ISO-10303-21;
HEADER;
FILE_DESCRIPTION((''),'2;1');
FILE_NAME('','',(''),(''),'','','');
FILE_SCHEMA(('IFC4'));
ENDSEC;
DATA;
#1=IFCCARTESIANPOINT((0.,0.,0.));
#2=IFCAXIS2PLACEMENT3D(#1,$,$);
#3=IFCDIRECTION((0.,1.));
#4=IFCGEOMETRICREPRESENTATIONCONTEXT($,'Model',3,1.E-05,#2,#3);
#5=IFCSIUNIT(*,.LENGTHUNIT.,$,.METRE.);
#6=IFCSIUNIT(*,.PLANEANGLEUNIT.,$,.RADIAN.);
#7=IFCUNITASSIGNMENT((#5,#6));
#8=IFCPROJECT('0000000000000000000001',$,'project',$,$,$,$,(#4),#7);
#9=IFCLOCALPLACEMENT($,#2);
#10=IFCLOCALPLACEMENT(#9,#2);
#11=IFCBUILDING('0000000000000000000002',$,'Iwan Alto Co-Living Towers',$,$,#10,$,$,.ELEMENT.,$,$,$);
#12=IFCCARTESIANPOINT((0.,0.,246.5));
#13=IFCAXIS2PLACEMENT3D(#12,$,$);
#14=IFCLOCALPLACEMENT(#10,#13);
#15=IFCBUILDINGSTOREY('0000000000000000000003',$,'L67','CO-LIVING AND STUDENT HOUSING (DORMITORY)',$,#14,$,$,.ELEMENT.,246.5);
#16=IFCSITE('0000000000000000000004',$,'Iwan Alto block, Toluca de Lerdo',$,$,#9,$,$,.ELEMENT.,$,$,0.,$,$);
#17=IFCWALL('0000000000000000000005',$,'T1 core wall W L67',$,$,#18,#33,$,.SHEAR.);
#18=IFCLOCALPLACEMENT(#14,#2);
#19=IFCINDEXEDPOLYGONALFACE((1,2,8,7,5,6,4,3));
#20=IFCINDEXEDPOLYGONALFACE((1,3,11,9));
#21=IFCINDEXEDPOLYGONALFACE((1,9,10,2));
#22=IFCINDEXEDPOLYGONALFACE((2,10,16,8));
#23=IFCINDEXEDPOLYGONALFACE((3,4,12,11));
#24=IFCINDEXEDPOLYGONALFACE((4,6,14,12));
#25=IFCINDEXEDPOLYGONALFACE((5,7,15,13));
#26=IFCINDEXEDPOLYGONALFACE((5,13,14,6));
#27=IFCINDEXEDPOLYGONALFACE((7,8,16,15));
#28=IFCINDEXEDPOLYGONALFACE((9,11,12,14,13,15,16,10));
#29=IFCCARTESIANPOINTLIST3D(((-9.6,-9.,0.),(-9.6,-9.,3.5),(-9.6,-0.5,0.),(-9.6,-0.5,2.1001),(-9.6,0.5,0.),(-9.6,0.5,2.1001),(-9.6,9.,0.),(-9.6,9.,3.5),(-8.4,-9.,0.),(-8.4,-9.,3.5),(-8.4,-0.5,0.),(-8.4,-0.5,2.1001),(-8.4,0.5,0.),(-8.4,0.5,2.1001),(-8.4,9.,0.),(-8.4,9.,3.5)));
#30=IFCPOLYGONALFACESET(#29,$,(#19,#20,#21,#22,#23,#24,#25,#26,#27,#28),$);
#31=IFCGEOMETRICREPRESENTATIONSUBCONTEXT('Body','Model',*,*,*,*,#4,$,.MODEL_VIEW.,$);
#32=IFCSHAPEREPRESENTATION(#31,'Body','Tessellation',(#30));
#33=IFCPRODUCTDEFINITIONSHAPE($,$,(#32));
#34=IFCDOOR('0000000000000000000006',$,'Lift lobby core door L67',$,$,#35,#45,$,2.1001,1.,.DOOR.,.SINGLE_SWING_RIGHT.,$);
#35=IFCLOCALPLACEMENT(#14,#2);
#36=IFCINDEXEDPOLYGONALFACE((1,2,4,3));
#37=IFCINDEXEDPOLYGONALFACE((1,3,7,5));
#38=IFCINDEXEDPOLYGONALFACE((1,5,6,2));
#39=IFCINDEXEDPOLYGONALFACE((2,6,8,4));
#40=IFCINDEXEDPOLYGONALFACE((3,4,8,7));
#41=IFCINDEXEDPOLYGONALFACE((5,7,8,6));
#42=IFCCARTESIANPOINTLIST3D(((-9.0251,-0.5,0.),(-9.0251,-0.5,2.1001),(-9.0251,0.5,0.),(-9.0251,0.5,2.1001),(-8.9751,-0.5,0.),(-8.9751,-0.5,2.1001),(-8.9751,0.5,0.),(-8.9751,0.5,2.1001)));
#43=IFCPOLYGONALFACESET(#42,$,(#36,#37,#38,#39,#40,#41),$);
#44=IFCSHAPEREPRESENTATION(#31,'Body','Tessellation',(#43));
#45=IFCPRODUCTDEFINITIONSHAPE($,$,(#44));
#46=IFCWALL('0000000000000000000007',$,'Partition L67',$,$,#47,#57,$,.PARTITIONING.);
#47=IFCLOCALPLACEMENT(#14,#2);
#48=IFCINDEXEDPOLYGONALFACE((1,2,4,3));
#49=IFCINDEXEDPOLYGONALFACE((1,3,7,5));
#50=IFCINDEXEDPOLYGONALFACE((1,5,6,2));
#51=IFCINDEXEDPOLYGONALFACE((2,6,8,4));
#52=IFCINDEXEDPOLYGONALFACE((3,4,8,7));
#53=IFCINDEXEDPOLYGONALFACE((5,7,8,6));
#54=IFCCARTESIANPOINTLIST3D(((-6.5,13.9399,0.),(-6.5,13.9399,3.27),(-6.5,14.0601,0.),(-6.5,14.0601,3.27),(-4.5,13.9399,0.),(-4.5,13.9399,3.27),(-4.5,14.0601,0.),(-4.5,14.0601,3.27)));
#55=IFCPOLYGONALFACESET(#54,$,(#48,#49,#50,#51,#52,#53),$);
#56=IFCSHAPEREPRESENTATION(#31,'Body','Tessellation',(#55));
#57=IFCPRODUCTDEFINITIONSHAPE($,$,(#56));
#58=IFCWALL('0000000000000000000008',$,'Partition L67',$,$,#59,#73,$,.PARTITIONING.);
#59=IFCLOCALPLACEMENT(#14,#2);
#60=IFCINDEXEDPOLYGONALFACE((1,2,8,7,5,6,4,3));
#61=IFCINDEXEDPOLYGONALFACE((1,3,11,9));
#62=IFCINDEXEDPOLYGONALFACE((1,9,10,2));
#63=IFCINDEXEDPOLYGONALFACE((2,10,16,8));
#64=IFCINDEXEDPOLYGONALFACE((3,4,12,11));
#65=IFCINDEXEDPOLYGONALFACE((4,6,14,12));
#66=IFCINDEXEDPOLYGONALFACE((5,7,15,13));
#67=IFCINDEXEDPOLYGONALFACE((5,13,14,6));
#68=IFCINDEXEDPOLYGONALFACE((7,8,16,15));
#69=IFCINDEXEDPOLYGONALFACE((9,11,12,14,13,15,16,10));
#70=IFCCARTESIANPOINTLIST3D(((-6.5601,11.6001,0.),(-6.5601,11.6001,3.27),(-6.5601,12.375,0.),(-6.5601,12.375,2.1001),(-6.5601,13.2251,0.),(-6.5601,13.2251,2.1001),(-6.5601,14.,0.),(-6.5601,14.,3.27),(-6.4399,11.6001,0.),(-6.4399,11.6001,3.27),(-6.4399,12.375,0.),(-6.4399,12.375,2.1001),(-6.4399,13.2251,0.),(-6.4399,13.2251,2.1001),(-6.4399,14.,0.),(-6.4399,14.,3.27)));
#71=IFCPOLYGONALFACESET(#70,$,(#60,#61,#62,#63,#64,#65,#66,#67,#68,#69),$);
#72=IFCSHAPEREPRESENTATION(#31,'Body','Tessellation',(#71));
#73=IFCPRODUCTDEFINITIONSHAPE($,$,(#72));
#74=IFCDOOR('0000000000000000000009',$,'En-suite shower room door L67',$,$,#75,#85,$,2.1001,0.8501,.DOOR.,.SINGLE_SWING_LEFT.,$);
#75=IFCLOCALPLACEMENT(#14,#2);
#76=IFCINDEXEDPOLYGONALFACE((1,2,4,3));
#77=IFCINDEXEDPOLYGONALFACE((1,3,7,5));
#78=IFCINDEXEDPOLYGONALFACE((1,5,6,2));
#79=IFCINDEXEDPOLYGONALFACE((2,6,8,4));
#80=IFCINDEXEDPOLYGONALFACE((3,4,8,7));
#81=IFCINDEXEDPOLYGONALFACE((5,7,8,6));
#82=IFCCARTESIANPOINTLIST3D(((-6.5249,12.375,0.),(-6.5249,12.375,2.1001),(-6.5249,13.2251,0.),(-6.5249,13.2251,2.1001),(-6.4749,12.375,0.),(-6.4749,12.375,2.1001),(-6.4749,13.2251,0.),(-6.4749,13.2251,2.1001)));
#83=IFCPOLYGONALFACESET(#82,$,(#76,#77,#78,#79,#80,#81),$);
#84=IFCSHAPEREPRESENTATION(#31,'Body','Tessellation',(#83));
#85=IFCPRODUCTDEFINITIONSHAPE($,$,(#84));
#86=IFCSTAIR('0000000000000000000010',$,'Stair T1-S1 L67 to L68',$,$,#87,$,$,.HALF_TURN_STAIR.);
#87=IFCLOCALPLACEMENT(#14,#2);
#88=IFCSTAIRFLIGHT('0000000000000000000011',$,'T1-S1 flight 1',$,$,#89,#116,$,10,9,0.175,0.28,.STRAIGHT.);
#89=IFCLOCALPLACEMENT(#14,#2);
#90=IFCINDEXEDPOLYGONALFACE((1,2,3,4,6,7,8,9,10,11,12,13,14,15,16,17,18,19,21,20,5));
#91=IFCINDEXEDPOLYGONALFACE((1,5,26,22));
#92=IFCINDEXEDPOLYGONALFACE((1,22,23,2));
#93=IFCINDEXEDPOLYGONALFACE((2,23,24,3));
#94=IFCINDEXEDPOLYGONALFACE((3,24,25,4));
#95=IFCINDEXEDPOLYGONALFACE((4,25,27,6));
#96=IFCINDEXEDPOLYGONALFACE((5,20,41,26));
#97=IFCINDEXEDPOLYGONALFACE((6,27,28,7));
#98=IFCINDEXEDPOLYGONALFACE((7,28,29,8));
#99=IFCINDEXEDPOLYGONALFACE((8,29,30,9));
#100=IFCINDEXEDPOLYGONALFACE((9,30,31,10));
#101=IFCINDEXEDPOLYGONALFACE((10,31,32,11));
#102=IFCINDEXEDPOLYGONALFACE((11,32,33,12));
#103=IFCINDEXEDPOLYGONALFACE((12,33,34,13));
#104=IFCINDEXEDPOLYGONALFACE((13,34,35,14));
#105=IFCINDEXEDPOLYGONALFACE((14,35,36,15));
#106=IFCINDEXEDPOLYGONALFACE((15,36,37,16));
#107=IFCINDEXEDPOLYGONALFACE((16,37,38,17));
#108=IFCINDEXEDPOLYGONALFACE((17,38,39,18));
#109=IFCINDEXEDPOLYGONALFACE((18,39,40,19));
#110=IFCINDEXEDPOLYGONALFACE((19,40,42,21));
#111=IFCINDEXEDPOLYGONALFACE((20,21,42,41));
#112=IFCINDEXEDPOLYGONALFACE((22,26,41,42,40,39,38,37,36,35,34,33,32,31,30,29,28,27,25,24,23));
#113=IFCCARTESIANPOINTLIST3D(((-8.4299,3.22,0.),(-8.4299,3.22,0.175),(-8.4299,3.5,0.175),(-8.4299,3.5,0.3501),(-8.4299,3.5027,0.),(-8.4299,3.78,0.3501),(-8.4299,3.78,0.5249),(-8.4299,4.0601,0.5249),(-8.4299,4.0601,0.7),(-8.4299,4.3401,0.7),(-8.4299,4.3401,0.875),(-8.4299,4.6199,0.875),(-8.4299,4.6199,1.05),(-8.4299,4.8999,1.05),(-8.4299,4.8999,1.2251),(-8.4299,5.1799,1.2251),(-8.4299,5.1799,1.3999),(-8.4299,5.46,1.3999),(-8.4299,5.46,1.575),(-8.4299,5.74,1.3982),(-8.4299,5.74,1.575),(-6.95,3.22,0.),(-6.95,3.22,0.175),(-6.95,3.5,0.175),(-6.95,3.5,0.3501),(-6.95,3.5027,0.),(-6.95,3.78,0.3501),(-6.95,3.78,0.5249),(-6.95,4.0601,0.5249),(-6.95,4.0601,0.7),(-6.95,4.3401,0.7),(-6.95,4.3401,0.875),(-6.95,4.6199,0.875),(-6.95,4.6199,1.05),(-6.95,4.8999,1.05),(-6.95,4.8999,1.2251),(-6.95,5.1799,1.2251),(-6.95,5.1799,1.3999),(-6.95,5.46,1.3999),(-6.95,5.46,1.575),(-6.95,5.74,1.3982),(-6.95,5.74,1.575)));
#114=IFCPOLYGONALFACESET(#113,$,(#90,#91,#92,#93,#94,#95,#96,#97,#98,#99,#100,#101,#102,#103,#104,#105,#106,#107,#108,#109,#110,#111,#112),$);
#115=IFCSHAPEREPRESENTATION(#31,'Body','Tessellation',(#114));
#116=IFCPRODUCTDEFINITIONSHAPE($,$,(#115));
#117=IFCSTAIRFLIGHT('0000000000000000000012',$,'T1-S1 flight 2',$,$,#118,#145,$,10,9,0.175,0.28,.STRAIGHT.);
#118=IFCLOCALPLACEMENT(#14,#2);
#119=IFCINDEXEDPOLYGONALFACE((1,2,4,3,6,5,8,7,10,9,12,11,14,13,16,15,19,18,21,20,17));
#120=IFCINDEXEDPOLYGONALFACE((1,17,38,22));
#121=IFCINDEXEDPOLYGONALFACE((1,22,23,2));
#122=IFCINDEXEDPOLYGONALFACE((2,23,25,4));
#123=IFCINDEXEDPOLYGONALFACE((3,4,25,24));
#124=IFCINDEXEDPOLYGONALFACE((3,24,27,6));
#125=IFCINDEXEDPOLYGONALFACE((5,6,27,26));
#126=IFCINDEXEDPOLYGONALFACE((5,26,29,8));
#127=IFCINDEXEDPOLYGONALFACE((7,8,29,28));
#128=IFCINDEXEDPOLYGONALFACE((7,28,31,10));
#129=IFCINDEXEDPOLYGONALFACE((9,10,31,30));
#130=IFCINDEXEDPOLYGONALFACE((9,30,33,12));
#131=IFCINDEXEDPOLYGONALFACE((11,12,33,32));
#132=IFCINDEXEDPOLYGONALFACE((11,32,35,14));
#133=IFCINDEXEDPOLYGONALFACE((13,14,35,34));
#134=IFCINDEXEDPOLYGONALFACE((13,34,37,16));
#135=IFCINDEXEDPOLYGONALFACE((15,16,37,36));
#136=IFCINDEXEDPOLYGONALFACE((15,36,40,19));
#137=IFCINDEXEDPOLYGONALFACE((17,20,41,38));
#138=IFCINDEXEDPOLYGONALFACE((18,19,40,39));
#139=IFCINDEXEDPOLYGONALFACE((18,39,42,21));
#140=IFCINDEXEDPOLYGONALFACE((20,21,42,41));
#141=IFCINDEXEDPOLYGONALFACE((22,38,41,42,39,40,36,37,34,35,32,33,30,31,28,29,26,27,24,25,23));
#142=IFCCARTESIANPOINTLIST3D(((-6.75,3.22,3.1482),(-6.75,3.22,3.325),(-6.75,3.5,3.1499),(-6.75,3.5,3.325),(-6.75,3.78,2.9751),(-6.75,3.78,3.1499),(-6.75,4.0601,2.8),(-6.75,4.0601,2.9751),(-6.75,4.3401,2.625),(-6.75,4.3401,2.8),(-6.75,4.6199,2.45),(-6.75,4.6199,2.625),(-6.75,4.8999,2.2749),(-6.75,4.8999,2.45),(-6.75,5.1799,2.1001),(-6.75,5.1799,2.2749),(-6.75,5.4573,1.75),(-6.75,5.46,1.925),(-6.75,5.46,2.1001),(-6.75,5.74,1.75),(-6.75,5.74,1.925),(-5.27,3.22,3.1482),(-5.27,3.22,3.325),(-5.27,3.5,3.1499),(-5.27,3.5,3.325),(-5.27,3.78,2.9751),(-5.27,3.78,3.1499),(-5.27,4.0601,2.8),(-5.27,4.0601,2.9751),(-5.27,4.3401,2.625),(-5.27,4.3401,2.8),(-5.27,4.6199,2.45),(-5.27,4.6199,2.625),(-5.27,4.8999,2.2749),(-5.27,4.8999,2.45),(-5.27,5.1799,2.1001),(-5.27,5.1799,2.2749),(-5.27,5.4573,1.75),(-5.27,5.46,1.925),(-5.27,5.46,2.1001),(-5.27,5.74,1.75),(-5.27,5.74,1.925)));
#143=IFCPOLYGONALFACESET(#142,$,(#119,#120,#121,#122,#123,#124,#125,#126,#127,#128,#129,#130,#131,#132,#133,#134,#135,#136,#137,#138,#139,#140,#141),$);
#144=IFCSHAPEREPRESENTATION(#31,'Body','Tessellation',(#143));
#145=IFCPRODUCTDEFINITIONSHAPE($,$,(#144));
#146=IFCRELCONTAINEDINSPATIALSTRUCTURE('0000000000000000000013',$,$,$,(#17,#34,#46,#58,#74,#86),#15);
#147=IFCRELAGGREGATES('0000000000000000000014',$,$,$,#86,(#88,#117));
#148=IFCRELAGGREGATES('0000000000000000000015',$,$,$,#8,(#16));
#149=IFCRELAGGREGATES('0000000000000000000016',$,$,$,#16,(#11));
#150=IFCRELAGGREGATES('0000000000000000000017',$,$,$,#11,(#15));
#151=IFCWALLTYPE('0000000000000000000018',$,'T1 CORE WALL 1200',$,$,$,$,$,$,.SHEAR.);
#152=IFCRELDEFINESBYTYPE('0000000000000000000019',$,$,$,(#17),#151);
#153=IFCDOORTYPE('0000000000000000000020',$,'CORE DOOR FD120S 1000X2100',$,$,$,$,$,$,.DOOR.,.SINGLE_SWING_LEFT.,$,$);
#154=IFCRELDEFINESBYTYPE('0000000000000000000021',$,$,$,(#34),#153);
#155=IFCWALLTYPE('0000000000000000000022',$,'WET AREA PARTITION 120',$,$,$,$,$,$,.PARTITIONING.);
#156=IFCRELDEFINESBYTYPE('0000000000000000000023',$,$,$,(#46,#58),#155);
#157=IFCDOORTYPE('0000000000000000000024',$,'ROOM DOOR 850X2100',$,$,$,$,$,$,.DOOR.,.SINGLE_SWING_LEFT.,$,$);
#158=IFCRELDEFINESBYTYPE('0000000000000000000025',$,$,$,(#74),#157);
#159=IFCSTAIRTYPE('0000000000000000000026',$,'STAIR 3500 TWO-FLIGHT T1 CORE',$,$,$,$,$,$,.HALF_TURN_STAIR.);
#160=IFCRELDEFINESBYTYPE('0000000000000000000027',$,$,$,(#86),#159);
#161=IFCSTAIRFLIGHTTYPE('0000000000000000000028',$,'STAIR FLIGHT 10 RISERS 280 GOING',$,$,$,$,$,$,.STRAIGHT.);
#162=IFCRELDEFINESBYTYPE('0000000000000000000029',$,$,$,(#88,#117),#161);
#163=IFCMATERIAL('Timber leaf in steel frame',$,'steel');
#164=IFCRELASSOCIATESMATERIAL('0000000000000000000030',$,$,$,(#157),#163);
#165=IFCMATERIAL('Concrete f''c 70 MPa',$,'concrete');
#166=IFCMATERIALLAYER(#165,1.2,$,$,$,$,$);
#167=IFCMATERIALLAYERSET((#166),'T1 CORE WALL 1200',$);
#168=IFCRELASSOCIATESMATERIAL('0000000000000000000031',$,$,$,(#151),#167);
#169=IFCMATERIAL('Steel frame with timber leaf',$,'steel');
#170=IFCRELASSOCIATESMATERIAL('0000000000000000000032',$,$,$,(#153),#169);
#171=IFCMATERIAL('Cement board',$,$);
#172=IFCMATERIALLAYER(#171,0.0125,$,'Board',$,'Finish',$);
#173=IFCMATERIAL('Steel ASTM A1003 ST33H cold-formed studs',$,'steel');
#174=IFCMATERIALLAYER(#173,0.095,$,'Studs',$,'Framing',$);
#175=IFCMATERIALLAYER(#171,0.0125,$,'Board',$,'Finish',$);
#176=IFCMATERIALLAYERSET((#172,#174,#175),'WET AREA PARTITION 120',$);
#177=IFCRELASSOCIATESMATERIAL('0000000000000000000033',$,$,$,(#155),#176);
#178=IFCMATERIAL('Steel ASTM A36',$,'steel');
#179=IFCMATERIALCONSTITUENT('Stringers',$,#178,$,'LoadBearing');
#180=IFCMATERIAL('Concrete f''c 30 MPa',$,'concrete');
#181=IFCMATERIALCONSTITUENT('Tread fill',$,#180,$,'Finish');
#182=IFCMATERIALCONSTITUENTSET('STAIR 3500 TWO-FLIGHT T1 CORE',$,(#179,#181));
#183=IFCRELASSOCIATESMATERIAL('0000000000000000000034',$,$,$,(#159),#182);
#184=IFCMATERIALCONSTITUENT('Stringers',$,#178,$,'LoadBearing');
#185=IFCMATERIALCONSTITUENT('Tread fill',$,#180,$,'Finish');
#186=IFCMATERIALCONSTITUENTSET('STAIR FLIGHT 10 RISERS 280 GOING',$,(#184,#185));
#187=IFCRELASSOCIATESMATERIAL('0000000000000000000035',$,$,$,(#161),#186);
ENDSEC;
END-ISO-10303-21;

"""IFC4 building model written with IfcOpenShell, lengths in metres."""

from ifc_helpers import new_model, si_unit, direction, frame, frame_2d, origin, place, context, subcontext, project, spatial, polyline, rectangle, outline, extrude, material, layer, layer_set, constituent, constituent_set, type_object, element, fill, aggregate, save


model = new_model("IFC4")

# Units and contexts
model_context = context("Model", 3, precision=1e-05, world=origin(), true_north=direction((0.0, 1.0)))
body_context = subcontext(model_context, "Body", "Model", "MODEL_VIEW")
ifc_project = project(units=[si_unit("LENGTHUNIT", "METRE"), si_unit("PLANEANGLEUNIT", "RADIAN")], contexts=[model_context])

# Site, building, storey
site_placement = place(None, origin())
site = spatial("IfcSite", under=ifc_project, at=site_placement, Name="Iwan Alto block, Toluca de Lerdo", CompositionType="ELEMENT", RefElevation=0.0)
building_placement = place(site_placement, origin())
building = spatial("IfcBuilding", under=site, at=building_placement, Name="Iwan Alto Co-Living Towers", CompositionType="ELEMENT")
storey_placement = place(building_placement, frame((0.0, 0.0, 246.5)))
storey = spatial("IfcBuildingStorey", under=building, at=storey_placement, Name="L67", Description="CO-LIVING AND STUDENT HOUSING (DORMITORY)", CompositionType="ELEMENT", Elevation=246.5)

# Shared definitions
ifc_material_1 = material(Name="Steel ASTM A1003 ST33H cold-formed studs", Category="steel")

# Shared definitions
ifc_material_2 = material(Name="Timber leaf in steel frame", Category="steel")
door_type_1 = type_object("IfcDoorType", Name="ROOM DOOR 850X2100", OperationType="SINGLE_SWING_LEFT", PredefinedType="DOOR", material=ifc_material_2)

# Wall, opening, door
ifc_material_3 = material(Name="Concrete f'c 70 MPa", Category="concrete")
ifc_layer_1 = layer(ifc_material_3, 1.2)
ifc_layer_set_1 = layer_set([ifc_layer_1], Name="T1 CORE WALL 1200")
wall_type_1 = type_object("IfcWallType", Name="T1 CORE WALL 1200", PredefinedType="SHEAR", material=ifc_layer_set_1)
wall_1_placement = place(storey_placement, frame((-9.0, 9.0, 0.0), z_axis=(0.0, 0.0, 1.0), x_axis=(0.0, -1.0, 0.0)))
wall_1 = element("IfcWall", 1, at=wall_1_placement, inside=storey, type_object=wall_type_1, Name="T1 core wall W L67", PredefinedType="SHEAR", context=body_context, shape_type="SweptSolid", body=[
    extrude(rectangle(XDim=18.0, YDim=1.2, at=frame_2d((9.0, 0.0))), origin(), (0.0, 0.0, 1.0), 3.5),
])
opening_1_placement = place(wall_1_placement, frame((8.5, 0.0, 0.0)))
opening_1 = element("IfcOpeningElement", 2, at=opening_1_placement, cuts=wall_1, PredefinedType="OPENING", context=body_context, shape_type="SweptSolid", body=[
    extrude(rectangle(XDim=1.0, YDim=2.1001, at=frame_2d((0.5, 1.05))), frame((0.0, 0.6099, 0.0), z_axis=(0.0, -1.0, 0.0), x_axis=(1.0, 0.0, 0.0)), (0.0, 0.0, 1.0), 1.22),
])
ifc_material_4 = material(Name="Steel frame with timber leaf", Category="steel")
door_type_2 = type_object("IfcDoorType", Name="CORE DOOR FD120S 1000X2100", OperationType="SINGLE_SWING_LEFT", PredefinedType="DOOR", material=ifc_material_4)
door_1_placement = place(opening_1_placement, origin())
door_1 = element("IfcDoor", 3, at=door_1_placement, inside=storey, type_object=door_type_2, Name="Lift lobby core door L67", OperationType="SINGLE_SWING_RIGHT", OverallHeight=2.1001, OverallWidth=1.0, PredefinedType="DOOR", context=body_context, shape_type="SweptSolid", body=[
    extrude(rectangle(XDim=1.0, YDim=2.1001, at=frame_2d((0.5, 1.05))), frame((0.0, 0.0249, 0.0), z_axis=(0.0, -1.0, 0.0), x_axis=(1.0, 0.0, 0.0)), (0.0, 0.0, 1.0), 0.05),
])
fill(opening_1, door_1)

# Wall
ifc_material_5 = material(Name="Cement board")
ifc_layer_2 = layer(ifc_material_5, 0.0125, Name="Board", Category="Finish")
ifc_layer_3 = layer(ifc_material_1, 0.095, Name="Studs", Category="Framing")
ifc_layer_4 = layer(ifc_material_5, 0.0125, Name="Board", Category="Finish")
ifc_layer_set_2 = layer_set([ifc_layer_2, ifc_layer_3, ifc_layer_4], Name="WET AREA PARTITION 120")
wall_type_2 = type_object("IfcWallType", Name="WET AREA PARTITION 120", PredefinedType="PARTITIONING", material=ifc_layer_set_2)
wall_2_placement = place(storey_placement, frame((-6.5, 14.0, 0.0), z_axis=(0.0, 0.0, 1.0), x_axis=(1.0, 0.0, 0.0)))
element("IfcWall", 4, at=wall_2_placement, inside=storey, type_object=wall_type_2, Name="Partition L67", PredefinedType="PARTITIONING", context=body_context, shape_type="SweptSolid", body=[
    extrude(rectangle(XDim=2.0, YDim=0.1201, at=frame_2d((1.0, 0.0))), origin(), (0.0, 0.0, 1.0), 3.27),
])

# Wall, opening, door
wall_3_placement = place(storey_placement, frame((-6.5, 11.6001, 0.0), z_axis=(0.0, 0.0, 1.0), x_axis=(0.0, 1.0, 0.0)))
wall_3 = element("IfcWall", 5, at=wall_3_placement, inside=storey, type_object=wall_type_2, Name="Partition L67", PredefinedType="PARTITIONING", context=body_context, shape_type="SweptSolid", body=[
    extrude(rectangle(XDim=2.3999, YDim=0.1201, at=frame_2d((1.2, 0.0))), origin(), (0.0, 0.0, 1.0), 3.27),
])
opening_2_placement = place(wall_3_placement, frame((0.7749, 0.0, 0.0)))
opening_2 = element("IfcOpeningElement", 6, at=opening_2_placement, cuts=wall_3, PredefinedType="OPENING", context=body_context, shape_type="SweptSolid", body=[
    extrude(rectangle(XDim=0.8501, YDim=2.1001, at=frame_2d((0.425, 1.05))), frame((0.0, 0.0701, 0.0), z_axis=(0.0, -1.0, 0.0), x_axis=(1.0, 0.0, 0.0)), (0.0, 0.0, 1.0), 0.1401),
])
door_2_placement = place(opening_2_placement, origin())
door_2 = element("IfcDoor", 7, at=door_2_placement, inside=storey, type_object=door_type_1, Name="En-suite shower room door L67", OperationType="SINGLE_SWING_LEFT", OverallHeight=2.1001, OverallWidth=0.8501, PredefinedType="DOOR", context=body_context, shape_type="SweptSolid", body=[
    extrude(rectangle(XDim=0.8501, YDim=2.1001, at=frame_2d((0.425, 1.05))), frame((0.0, 0.0249, 0.0), z_axis=(0.0, -1.0, 0.0), x_axis=(1.0, 0.0, 0.0)), (0.0, 0.0, 1.0), 0.05),
])
fill(opening_2, door_2)

# Stair, stair flights
ifc_material_6 = material(Name="Steel ASTM A36", Category="steel")
ifc_constituent_1 = constituent(ifc_material_6, Name="Stringers", Category="LoadBearing")
ifc_material_7 = material(Name="Concrete f'c 30 MPa", Category="concrete")
ifc_constituent_2 = constituent(ifc_material_7, Name="Tread fill", Category="Finish")
ifc_constituent_set_1 = constituent_set(constituents=[ifc_constituent_1, ifc_constituent_2], Name="STAIR 3500 TWO-FLIGHT T1 CORE")
stair_type = type_object("IfcStairType", Name="STAIR 3500 TWO-FLIGHT T1 CORE", PredefinedType="HALF_TURN_STAIR", material=ifc_constituent_set_1)
stair_placement = place(storey_placement, origin())
stair = element("IfcStair", 8, at=stair_placement, inside=storey, type_object=stair_type, Name="Stair T1-S1 L67 to L68", PredefinedType="HALF_TURN_STAIR")
ifc_constituent_3 = constituent(ifc_material_6, Name="Stringers", Category="LoadBearing")
ifc_constituent_4 = constituent(ifc_material_7, Name="Tread fill", Category="Finish")
ifc_constituent_set_2 = constituent_set(constituents=[ifc_constituent_3, ifc_constituent_4], Name="STAIR FLIGHT 10 RISERS 280 GOING")
stair_flight_type = type_object("IfcStairFlightType", Name="STAIR FLIGHT 10 RISERS 280 GOING", PredefinedType="STRAIGHT", material=ifc_constituent_set_2)
stair_flight_1_placement = place(storey_placement, frame((-7.6899, 3.22, 0.0), z_axis=(0.0, 0.0, 1.0), x_axis=(0.0, 1.0, 0.0)))
stair_flight_1 = element("IfcStairFlight", 9, at=stair_flight_1_placement, type_object=stair_flight_type, Name="T1-S1 flight 1", NumberOfRisers=10, NumberOfTreads=9, PredefinedType="STRAIGHT", RiserHeight=0.175, TreadLength=0.28, context=body_context, shape_type="SweptSolid", body=[
    extrude(outline(polyline([(0.0, 0.0), (0.0, 0.175), (0.28, 0.175), (0.28, 0.3501), (0.5601, 0.3501), (0.5601, 0.5249), (0.8401, 0.5249), (0.8401, 0.7), (1.1201, 0.7), (1.1201, 0.875), (1.3999, 0.875), (1.3999, 1.05), (1.6799, 1.05), (1.6799, 1.2251), (1.96, 1.2251), (1.96, 1.3999), (2.24, 1.3999), (2.24, 1.575), (2.52, 1.575), (2.52, 1.75), (2.52, 1.3982), (0.2827, 0.0), (0.0, 0.0)])), frame((0.0, 0.74, 0.0), z_axis=(0.0, -1.0, 0.0), x_axis=(1.0, 0.0, 0.0)), (0.0, 0.0, 1.0), 1.48),
])
stair_flight_2_placement = place(storey_placement, frame((-6.01, 5.74, 1.75), z_axis=(0.0, 0.0, 1.0), x_axis=(0.0, -1.0, 0.0)))
stair_flight_2 = element("IfcStairFlight", 10, at=stair_flight_2_placement, type_object=stair_flight_type, Name="T1-S1 flight 2", NumberOfRisers=10, NumberOfTreads=9, PredefinedType="STRAIGHT", RiserHeight=0.175, TreadLength=0.28, context=body_context, shape_type="SweptSolid", body=[
    extrude(outline(polyline([(0.0, 0.0), (0.0, 0.175), (0.28, 0.175), (0.28, 0.3501), (0.5601, 0.3501), (0.5601, 0.5249), (0.8401, 0.5249), (0.8401, 0.7), (1.1201, 0.7), (1.1201, 0.875), (1.3999, 0.875), (1.3999, 1.05), (1.6799, 1.05), (1.6799, 1.2251), (1.96, 1.2251), (1.96, 1.3999), (2.24, 1.3999), (2.24, 1.575), (2.52, 1.575), (2.52, 1.75), (2.52, 1.3982), (0.2827, 0.0), (0.0, 0.0)])), frame((0.0, 0.74, 0.0), z_axis=(0.0, -1.0, 0.0), x_axis=(1.0, 0.0, 0.0)), (0.0, 0.0, 1.0), 1.48),
])
aggregate(stair, [stair_flight_1, stair_flight_2])

save(model, "model.ifc")
